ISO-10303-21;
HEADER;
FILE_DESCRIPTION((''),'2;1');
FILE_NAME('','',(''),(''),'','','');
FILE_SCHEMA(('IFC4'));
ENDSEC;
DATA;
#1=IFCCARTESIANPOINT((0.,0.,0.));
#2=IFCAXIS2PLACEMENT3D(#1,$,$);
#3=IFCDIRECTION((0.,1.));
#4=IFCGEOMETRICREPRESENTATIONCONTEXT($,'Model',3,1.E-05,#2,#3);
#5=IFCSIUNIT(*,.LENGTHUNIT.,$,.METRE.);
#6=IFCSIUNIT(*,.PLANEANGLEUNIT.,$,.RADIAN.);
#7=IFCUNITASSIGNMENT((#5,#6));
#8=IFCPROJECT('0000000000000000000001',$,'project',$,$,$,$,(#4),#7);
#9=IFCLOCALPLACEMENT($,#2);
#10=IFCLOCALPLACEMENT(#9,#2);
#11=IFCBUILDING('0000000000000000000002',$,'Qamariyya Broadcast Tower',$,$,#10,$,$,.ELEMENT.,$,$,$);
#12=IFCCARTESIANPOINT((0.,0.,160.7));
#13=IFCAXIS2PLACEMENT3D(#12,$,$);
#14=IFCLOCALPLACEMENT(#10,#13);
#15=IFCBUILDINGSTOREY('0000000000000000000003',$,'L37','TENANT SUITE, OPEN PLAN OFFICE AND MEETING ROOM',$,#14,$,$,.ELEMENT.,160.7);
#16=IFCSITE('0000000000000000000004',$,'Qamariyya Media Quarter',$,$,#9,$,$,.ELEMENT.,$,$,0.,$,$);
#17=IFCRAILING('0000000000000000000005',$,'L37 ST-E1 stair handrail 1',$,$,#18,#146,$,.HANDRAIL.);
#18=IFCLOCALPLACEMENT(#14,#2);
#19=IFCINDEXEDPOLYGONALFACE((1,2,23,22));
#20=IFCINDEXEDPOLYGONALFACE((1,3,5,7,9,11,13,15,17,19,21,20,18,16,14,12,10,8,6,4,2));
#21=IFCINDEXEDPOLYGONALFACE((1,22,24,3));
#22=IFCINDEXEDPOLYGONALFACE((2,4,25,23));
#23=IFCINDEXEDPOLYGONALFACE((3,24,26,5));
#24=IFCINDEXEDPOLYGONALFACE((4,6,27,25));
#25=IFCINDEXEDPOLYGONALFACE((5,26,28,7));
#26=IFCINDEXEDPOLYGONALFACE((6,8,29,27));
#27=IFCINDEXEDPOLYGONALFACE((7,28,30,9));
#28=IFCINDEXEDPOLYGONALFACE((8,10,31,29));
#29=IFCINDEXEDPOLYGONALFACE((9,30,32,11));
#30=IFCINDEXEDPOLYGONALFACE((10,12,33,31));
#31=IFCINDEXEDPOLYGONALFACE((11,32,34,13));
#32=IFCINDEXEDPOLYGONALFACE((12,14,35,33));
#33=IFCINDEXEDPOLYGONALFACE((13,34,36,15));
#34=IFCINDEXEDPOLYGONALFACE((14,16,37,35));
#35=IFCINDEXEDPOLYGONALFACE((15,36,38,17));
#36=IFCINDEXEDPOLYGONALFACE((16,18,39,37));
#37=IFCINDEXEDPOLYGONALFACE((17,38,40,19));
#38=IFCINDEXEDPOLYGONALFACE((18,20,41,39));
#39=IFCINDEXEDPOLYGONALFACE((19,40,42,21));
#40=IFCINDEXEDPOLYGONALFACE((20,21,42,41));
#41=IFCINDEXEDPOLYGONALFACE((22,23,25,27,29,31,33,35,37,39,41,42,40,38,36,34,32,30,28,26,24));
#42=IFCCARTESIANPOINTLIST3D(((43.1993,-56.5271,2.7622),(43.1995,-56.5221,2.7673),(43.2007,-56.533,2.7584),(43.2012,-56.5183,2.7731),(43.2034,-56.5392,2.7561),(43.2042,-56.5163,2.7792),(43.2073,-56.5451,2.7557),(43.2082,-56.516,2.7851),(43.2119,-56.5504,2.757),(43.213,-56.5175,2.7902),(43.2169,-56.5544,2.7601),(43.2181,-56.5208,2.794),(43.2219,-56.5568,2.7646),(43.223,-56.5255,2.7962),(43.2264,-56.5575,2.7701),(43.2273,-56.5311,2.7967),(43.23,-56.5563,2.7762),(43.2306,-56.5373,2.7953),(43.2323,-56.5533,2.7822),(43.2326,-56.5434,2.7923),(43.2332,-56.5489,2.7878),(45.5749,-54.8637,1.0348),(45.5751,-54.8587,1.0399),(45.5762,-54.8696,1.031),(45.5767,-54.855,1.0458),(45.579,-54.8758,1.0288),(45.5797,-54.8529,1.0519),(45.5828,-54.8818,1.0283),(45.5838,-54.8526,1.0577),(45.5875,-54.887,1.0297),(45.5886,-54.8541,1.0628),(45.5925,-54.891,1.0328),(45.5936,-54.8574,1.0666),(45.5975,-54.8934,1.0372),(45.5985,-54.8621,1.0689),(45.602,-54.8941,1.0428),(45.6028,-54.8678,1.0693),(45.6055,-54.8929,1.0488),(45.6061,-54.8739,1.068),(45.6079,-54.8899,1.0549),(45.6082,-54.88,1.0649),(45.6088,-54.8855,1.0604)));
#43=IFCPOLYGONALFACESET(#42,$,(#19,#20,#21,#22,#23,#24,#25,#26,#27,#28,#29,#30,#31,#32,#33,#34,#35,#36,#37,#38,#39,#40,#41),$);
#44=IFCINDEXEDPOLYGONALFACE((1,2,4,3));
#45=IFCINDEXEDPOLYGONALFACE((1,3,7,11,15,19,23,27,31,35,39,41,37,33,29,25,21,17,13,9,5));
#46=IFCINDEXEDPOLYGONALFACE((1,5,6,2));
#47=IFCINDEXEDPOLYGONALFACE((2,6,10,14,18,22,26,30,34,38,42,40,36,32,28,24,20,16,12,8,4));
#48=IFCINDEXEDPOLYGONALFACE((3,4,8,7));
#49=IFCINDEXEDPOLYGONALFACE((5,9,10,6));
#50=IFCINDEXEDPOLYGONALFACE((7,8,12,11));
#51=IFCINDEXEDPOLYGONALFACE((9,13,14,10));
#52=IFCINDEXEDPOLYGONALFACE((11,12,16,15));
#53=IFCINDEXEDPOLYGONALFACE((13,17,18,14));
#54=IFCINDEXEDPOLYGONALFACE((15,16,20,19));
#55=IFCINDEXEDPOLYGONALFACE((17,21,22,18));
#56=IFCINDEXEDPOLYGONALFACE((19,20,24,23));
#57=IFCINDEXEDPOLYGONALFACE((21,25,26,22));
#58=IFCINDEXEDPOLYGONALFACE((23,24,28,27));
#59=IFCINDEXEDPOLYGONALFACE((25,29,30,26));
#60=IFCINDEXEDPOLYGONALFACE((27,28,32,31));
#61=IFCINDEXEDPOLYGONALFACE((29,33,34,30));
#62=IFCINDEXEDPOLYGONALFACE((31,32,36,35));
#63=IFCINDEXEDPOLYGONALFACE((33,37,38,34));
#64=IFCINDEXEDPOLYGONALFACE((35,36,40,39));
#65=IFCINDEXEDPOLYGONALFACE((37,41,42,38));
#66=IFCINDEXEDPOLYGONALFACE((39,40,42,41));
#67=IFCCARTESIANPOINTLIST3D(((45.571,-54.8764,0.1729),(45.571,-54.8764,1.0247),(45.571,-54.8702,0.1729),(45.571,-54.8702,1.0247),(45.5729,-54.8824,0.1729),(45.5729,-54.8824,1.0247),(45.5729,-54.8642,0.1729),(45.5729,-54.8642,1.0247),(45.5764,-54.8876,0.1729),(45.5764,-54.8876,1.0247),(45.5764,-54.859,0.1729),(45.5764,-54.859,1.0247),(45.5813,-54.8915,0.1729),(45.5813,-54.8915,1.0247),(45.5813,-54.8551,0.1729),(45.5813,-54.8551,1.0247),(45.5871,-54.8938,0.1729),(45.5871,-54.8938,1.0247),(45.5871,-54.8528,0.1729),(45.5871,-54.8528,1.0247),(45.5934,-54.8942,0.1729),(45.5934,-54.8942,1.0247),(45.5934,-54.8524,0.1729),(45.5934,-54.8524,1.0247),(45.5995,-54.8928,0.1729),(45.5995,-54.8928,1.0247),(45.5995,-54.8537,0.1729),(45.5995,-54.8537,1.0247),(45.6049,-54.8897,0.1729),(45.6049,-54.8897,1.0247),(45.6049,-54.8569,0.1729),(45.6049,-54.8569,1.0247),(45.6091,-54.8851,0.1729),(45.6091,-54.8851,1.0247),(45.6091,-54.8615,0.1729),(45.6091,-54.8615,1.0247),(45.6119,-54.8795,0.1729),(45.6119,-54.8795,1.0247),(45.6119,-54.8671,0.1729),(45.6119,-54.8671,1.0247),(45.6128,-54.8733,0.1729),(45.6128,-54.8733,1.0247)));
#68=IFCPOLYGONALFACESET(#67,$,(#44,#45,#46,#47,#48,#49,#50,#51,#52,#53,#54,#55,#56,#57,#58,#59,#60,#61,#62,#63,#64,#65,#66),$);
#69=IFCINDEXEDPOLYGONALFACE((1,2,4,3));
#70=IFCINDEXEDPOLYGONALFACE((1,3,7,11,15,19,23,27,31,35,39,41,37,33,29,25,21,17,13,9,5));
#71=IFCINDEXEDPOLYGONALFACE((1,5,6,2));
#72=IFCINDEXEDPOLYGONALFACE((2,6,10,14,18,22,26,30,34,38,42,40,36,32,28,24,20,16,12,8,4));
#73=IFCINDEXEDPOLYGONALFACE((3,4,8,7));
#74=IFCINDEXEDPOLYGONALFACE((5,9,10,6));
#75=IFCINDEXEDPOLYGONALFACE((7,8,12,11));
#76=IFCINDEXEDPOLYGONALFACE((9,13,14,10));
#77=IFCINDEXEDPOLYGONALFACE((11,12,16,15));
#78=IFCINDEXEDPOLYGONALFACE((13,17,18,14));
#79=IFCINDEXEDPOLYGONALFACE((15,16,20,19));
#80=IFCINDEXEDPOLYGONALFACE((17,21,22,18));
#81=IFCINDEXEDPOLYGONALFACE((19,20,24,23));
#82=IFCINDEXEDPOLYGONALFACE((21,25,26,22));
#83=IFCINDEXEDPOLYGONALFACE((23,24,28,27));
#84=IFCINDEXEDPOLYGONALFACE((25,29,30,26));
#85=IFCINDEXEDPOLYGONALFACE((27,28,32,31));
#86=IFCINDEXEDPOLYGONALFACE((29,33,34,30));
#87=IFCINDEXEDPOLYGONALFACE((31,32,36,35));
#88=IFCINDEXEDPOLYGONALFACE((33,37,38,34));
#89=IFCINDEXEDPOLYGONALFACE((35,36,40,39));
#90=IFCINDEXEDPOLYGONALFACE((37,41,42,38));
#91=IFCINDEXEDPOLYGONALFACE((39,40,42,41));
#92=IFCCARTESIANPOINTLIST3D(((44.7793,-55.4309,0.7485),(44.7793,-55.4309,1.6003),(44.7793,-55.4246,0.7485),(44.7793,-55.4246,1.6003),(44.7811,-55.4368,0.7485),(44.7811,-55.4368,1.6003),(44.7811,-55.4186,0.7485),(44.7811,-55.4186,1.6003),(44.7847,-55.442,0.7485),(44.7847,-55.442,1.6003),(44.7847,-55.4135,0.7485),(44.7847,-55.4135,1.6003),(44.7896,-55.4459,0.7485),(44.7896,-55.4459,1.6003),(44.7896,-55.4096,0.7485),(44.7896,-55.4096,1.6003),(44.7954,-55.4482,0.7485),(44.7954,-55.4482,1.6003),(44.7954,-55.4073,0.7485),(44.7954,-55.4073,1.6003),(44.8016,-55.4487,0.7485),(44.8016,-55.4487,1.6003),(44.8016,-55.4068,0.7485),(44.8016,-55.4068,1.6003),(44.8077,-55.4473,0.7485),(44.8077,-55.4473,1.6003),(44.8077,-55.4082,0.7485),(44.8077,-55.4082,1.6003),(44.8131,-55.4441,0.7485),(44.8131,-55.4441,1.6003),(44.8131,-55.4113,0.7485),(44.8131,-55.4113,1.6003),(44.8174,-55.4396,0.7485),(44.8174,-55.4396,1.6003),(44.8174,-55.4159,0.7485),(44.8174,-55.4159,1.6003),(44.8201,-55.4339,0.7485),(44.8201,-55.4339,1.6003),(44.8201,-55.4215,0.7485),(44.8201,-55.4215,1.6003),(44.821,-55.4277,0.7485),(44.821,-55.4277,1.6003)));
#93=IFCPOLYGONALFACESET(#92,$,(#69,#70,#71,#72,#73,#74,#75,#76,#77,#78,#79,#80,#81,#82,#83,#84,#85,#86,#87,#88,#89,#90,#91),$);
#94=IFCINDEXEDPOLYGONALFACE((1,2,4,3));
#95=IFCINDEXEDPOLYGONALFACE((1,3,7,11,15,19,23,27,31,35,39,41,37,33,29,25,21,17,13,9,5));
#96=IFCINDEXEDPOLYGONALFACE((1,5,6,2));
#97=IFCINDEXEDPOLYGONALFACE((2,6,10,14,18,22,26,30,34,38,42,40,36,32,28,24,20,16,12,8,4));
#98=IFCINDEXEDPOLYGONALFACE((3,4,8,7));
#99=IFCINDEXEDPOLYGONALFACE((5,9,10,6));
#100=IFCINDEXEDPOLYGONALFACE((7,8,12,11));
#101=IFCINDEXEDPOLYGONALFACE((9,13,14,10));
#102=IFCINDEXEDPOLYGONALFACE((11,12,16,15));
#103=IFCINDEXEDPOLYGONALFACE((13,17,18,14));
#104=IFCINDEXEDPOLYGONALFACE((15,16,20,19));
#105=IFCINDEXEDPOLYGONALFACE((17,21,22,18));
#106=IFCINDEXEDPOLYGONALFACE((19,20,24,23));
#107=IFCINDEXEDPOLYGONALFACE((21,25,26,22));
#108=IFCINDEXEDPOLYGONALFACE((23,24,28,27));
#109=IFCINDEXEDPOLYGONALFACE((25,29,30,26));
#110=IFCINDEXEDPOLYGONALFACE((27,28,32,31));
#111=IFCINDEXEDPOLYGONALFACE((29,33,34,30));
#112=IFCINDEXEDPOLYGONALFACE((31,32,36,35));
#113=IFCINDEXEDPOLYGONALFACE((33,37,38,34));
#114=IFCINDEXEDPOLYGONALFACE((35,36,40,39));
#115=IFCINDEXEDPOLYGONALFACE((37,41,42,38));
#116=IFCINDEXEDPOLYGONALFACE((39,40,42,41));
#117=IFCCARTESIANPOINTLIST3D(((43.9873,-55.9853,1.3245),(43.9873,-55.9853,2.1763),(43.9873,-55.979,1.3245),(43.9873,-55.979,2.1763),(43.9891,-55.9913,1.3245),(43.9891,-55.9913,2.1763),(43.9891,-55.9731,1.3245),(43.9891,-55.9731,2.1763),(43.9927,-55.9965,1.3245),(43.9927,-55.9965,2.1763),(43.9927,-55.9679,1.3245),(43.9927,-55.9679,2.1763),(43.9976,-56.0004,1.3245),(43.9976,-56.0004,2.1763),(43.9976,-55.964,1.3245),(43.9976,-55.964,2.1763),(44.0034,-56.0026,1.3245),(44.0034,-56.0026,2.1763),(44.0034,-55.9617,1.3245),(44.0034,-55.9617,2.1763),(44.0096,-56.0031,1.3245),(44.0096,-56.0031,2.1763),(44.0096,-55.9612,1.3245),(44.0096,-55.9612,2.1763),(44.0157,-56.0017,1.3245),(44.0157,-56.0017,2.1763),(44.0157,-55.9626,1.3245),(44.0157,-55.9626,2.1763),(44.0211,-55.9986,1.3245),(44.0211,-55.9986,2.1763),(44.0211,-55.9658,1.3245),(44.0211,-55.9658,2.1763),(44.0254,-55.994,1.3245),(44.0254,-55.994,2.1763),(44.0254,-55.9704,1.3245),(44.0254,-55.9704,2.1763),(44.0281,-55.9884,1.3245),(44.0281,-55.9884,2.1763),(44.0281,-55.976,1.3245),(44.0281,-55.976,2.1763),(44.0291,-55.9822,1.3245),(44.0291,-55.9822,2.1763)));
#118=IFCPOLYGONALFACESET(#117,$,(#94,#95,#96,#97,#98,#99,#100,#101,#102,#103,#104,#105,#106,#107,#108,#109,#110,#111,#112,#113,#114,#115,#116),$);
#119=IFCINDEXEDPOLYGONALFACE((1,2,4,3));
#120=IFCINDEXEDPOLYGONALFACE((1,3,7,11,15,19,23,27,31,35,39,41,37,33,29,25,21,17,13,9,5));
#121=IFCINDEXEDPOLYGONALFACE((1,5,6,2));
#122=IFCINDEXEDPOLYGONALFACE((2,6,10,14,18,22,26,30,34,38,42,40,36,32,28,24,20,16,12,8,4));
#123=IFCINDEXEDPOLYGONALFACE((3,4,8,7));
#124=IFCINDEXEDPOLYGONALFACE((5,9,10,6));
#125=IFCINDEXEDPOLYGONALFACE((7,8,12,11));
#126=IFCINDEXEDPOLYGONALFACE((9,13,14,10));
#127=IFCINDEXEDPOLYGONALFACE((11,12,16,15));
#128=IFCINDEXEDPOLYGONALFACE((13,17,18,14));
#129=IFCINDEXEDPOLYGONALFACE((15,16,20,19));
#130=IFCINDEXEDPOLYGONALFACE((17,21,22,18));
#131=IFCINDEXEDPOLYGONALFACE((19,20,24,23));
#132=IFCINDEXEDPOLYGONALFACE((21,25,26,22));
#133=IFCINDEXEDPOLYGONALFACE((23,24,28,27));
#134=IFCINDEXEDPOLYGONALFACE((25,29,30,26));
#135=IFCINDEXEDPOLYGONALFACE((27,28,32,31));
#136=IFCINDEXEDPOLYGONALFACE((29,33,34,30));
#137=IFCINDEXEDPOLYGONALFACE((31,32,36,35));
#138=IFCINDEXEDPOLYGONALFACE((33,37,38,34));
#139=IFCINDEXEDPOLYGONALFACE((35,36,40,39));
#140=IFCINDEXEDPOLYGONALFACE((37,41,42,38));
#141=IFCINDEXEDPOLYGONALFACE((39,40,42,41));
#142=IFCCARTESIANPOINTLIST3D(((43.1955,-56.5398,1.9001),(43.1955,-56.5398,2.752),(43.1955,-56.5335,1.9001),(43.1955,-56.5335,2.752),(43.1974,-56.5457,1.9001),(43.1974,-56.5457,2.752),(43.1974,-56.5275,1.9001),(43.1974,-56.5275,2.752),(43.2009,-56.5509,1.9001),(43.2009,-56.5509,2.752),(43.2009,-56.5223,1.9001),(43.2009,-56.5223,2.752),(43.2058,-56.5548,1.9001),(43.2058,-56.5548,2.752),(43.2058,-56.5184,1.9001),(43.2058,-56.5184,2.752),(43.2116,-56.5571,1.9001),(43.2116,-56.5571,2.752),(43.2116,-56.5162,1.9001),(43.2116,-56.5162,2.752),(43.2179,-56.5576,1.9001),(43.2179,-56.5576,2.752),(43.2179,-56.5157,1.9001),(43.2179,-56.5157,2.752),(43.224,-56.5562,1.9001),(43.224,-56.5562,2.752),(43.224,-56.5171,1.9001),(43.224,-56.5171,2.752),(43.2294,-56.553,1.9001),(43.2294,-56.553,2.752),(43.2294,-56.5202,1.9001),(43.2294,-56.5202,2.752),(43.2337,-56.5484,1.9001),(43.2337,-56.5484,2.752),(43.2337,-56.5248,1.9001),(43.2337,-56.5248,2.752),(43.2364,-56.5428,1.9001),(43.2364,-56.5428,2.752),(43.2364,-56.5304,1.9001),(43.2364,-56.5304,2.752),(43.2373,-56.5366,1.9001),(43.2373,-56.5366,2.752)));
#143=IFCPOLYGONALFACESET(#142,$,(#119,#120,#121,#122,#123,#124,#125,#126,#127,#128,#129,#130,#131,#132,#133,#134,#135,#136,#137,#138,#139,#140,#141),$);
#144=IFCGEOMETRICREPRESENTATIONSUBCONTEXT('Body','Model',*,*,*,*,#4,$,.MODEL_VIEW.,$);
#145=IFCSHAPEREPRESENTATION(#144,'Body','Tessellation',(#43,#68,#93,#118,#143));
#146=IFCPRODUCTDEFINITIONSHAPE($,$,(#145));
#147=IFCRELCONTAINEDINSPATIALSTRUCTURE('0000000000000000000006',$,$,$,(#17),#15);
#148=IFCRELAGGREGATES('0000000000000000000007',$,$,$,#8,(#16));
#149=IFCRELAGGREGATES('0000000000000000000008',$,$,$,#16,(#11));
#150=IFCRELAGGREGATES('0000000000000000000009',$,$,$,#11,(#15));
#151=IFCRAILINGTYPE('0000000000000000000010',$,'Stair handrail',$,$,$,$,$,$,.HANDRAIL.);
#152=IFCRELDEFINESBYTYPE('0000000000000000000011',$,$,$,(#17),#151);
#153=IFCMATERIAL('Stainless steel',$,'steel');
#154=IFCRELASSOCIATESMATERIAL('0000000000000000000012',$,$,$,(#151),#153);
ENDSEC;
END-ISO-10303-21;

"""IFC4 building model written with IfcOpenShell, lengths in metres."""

from ifc_helpers import new_model, si_unit, direction, frame, origin, origin_2d, place, context, subcontext, project, spatial, circle, extrude, material, type_object, element, save


model = new_model("IFC4")

# Units and contexts
model_context = context("Model", 3, precision=1e-05, world=origin(), true_north=direction((0.0, 1.0)))
body_context = subcontext(model_context, "Body", "Model", "MODEL_VIEW")
ifc_project = project(units=[si_unit("LENGTHUNIT", "METRE"), si_unit("PLANEANGLEUNIT", "RADIAN")], contexts=[model_context])

# Site, building, storey
site_placement = place(None, origin())
site = spatial("IfcSite", under=ifc_project, at=site_placement, Name="Qamariyya Media Quarter", CompositionType="ELEMENT", RefElevation=0.0)
building_placement = place(site_placement, origin())
building = spatial("IfcBuilding", under=site, at=building_placement, Name="Qamariyya Broadcast Tower", CompositionType="ELEMENT")
storey_placement = place(building_placement, frame((0.0, 0.0, 160.7)))
storey = spatial("IfcBuildingStorey", under=building, at=storey_placement, Name="L37", Description="TENANT SUITE, OPEN PLAN OFFICE AND MEETING ROOM", CompositionType="ELEMENT", Elevation=160.7)

# Railing
ifc_material_1 = material(Name="Stainless steel", Category="steel")
railing_type_1 = type_object("IfcRailingType", Name="Stair handrail", PredefinedType="HANDRAIL", material=ifc_material_1)
railing_1_placement = place(storey_placement, frame((45.5918, -54.8733, 0.1729)))
element("IfcRailing", 1, at=railing_1_placement, inside=storey, type_object=railing_type_1, Name="L37 ST-E1 stair handrail 1", PredefinedType="HANDRAIL", context=body_context, shape_type="SweptSolid", body=[
    extrude(circle(Radius=0.0239, at=origin_2d()), frame((0.0, 0.0, 0.876), z_axis=(-0.70377, -0.492784, 0.511734), x_axis=(0.573575, -0.819153, 0.0)), (0.0, 0.0, 1.0), 3.3755),
    extrude(circle(Radius=0.021, at=origin_2d()), origin(), (0.0, 0.0, 1.0), 0.8518),
    extrude(circle(Radius=0.021, at=origin_2d()), frame((-0.7917, -0.5544, 0.5757)), (0.0, 0.0, 1.0), 0.8518),
    extrude(circle(Radius=0.021, at=origin_2d()), frame((-1.5837, -1.1089, 1.1516)), (0.0, 0.0, 1.0), 0.8518),
    extrude(circle(Radius=0.021, at=origin_2d()), frame((-2.3755, -1.6633, 1.7273)), (0.0, 0.0, 1.0), 0.8518),
])

save(model, "model.ifc")
